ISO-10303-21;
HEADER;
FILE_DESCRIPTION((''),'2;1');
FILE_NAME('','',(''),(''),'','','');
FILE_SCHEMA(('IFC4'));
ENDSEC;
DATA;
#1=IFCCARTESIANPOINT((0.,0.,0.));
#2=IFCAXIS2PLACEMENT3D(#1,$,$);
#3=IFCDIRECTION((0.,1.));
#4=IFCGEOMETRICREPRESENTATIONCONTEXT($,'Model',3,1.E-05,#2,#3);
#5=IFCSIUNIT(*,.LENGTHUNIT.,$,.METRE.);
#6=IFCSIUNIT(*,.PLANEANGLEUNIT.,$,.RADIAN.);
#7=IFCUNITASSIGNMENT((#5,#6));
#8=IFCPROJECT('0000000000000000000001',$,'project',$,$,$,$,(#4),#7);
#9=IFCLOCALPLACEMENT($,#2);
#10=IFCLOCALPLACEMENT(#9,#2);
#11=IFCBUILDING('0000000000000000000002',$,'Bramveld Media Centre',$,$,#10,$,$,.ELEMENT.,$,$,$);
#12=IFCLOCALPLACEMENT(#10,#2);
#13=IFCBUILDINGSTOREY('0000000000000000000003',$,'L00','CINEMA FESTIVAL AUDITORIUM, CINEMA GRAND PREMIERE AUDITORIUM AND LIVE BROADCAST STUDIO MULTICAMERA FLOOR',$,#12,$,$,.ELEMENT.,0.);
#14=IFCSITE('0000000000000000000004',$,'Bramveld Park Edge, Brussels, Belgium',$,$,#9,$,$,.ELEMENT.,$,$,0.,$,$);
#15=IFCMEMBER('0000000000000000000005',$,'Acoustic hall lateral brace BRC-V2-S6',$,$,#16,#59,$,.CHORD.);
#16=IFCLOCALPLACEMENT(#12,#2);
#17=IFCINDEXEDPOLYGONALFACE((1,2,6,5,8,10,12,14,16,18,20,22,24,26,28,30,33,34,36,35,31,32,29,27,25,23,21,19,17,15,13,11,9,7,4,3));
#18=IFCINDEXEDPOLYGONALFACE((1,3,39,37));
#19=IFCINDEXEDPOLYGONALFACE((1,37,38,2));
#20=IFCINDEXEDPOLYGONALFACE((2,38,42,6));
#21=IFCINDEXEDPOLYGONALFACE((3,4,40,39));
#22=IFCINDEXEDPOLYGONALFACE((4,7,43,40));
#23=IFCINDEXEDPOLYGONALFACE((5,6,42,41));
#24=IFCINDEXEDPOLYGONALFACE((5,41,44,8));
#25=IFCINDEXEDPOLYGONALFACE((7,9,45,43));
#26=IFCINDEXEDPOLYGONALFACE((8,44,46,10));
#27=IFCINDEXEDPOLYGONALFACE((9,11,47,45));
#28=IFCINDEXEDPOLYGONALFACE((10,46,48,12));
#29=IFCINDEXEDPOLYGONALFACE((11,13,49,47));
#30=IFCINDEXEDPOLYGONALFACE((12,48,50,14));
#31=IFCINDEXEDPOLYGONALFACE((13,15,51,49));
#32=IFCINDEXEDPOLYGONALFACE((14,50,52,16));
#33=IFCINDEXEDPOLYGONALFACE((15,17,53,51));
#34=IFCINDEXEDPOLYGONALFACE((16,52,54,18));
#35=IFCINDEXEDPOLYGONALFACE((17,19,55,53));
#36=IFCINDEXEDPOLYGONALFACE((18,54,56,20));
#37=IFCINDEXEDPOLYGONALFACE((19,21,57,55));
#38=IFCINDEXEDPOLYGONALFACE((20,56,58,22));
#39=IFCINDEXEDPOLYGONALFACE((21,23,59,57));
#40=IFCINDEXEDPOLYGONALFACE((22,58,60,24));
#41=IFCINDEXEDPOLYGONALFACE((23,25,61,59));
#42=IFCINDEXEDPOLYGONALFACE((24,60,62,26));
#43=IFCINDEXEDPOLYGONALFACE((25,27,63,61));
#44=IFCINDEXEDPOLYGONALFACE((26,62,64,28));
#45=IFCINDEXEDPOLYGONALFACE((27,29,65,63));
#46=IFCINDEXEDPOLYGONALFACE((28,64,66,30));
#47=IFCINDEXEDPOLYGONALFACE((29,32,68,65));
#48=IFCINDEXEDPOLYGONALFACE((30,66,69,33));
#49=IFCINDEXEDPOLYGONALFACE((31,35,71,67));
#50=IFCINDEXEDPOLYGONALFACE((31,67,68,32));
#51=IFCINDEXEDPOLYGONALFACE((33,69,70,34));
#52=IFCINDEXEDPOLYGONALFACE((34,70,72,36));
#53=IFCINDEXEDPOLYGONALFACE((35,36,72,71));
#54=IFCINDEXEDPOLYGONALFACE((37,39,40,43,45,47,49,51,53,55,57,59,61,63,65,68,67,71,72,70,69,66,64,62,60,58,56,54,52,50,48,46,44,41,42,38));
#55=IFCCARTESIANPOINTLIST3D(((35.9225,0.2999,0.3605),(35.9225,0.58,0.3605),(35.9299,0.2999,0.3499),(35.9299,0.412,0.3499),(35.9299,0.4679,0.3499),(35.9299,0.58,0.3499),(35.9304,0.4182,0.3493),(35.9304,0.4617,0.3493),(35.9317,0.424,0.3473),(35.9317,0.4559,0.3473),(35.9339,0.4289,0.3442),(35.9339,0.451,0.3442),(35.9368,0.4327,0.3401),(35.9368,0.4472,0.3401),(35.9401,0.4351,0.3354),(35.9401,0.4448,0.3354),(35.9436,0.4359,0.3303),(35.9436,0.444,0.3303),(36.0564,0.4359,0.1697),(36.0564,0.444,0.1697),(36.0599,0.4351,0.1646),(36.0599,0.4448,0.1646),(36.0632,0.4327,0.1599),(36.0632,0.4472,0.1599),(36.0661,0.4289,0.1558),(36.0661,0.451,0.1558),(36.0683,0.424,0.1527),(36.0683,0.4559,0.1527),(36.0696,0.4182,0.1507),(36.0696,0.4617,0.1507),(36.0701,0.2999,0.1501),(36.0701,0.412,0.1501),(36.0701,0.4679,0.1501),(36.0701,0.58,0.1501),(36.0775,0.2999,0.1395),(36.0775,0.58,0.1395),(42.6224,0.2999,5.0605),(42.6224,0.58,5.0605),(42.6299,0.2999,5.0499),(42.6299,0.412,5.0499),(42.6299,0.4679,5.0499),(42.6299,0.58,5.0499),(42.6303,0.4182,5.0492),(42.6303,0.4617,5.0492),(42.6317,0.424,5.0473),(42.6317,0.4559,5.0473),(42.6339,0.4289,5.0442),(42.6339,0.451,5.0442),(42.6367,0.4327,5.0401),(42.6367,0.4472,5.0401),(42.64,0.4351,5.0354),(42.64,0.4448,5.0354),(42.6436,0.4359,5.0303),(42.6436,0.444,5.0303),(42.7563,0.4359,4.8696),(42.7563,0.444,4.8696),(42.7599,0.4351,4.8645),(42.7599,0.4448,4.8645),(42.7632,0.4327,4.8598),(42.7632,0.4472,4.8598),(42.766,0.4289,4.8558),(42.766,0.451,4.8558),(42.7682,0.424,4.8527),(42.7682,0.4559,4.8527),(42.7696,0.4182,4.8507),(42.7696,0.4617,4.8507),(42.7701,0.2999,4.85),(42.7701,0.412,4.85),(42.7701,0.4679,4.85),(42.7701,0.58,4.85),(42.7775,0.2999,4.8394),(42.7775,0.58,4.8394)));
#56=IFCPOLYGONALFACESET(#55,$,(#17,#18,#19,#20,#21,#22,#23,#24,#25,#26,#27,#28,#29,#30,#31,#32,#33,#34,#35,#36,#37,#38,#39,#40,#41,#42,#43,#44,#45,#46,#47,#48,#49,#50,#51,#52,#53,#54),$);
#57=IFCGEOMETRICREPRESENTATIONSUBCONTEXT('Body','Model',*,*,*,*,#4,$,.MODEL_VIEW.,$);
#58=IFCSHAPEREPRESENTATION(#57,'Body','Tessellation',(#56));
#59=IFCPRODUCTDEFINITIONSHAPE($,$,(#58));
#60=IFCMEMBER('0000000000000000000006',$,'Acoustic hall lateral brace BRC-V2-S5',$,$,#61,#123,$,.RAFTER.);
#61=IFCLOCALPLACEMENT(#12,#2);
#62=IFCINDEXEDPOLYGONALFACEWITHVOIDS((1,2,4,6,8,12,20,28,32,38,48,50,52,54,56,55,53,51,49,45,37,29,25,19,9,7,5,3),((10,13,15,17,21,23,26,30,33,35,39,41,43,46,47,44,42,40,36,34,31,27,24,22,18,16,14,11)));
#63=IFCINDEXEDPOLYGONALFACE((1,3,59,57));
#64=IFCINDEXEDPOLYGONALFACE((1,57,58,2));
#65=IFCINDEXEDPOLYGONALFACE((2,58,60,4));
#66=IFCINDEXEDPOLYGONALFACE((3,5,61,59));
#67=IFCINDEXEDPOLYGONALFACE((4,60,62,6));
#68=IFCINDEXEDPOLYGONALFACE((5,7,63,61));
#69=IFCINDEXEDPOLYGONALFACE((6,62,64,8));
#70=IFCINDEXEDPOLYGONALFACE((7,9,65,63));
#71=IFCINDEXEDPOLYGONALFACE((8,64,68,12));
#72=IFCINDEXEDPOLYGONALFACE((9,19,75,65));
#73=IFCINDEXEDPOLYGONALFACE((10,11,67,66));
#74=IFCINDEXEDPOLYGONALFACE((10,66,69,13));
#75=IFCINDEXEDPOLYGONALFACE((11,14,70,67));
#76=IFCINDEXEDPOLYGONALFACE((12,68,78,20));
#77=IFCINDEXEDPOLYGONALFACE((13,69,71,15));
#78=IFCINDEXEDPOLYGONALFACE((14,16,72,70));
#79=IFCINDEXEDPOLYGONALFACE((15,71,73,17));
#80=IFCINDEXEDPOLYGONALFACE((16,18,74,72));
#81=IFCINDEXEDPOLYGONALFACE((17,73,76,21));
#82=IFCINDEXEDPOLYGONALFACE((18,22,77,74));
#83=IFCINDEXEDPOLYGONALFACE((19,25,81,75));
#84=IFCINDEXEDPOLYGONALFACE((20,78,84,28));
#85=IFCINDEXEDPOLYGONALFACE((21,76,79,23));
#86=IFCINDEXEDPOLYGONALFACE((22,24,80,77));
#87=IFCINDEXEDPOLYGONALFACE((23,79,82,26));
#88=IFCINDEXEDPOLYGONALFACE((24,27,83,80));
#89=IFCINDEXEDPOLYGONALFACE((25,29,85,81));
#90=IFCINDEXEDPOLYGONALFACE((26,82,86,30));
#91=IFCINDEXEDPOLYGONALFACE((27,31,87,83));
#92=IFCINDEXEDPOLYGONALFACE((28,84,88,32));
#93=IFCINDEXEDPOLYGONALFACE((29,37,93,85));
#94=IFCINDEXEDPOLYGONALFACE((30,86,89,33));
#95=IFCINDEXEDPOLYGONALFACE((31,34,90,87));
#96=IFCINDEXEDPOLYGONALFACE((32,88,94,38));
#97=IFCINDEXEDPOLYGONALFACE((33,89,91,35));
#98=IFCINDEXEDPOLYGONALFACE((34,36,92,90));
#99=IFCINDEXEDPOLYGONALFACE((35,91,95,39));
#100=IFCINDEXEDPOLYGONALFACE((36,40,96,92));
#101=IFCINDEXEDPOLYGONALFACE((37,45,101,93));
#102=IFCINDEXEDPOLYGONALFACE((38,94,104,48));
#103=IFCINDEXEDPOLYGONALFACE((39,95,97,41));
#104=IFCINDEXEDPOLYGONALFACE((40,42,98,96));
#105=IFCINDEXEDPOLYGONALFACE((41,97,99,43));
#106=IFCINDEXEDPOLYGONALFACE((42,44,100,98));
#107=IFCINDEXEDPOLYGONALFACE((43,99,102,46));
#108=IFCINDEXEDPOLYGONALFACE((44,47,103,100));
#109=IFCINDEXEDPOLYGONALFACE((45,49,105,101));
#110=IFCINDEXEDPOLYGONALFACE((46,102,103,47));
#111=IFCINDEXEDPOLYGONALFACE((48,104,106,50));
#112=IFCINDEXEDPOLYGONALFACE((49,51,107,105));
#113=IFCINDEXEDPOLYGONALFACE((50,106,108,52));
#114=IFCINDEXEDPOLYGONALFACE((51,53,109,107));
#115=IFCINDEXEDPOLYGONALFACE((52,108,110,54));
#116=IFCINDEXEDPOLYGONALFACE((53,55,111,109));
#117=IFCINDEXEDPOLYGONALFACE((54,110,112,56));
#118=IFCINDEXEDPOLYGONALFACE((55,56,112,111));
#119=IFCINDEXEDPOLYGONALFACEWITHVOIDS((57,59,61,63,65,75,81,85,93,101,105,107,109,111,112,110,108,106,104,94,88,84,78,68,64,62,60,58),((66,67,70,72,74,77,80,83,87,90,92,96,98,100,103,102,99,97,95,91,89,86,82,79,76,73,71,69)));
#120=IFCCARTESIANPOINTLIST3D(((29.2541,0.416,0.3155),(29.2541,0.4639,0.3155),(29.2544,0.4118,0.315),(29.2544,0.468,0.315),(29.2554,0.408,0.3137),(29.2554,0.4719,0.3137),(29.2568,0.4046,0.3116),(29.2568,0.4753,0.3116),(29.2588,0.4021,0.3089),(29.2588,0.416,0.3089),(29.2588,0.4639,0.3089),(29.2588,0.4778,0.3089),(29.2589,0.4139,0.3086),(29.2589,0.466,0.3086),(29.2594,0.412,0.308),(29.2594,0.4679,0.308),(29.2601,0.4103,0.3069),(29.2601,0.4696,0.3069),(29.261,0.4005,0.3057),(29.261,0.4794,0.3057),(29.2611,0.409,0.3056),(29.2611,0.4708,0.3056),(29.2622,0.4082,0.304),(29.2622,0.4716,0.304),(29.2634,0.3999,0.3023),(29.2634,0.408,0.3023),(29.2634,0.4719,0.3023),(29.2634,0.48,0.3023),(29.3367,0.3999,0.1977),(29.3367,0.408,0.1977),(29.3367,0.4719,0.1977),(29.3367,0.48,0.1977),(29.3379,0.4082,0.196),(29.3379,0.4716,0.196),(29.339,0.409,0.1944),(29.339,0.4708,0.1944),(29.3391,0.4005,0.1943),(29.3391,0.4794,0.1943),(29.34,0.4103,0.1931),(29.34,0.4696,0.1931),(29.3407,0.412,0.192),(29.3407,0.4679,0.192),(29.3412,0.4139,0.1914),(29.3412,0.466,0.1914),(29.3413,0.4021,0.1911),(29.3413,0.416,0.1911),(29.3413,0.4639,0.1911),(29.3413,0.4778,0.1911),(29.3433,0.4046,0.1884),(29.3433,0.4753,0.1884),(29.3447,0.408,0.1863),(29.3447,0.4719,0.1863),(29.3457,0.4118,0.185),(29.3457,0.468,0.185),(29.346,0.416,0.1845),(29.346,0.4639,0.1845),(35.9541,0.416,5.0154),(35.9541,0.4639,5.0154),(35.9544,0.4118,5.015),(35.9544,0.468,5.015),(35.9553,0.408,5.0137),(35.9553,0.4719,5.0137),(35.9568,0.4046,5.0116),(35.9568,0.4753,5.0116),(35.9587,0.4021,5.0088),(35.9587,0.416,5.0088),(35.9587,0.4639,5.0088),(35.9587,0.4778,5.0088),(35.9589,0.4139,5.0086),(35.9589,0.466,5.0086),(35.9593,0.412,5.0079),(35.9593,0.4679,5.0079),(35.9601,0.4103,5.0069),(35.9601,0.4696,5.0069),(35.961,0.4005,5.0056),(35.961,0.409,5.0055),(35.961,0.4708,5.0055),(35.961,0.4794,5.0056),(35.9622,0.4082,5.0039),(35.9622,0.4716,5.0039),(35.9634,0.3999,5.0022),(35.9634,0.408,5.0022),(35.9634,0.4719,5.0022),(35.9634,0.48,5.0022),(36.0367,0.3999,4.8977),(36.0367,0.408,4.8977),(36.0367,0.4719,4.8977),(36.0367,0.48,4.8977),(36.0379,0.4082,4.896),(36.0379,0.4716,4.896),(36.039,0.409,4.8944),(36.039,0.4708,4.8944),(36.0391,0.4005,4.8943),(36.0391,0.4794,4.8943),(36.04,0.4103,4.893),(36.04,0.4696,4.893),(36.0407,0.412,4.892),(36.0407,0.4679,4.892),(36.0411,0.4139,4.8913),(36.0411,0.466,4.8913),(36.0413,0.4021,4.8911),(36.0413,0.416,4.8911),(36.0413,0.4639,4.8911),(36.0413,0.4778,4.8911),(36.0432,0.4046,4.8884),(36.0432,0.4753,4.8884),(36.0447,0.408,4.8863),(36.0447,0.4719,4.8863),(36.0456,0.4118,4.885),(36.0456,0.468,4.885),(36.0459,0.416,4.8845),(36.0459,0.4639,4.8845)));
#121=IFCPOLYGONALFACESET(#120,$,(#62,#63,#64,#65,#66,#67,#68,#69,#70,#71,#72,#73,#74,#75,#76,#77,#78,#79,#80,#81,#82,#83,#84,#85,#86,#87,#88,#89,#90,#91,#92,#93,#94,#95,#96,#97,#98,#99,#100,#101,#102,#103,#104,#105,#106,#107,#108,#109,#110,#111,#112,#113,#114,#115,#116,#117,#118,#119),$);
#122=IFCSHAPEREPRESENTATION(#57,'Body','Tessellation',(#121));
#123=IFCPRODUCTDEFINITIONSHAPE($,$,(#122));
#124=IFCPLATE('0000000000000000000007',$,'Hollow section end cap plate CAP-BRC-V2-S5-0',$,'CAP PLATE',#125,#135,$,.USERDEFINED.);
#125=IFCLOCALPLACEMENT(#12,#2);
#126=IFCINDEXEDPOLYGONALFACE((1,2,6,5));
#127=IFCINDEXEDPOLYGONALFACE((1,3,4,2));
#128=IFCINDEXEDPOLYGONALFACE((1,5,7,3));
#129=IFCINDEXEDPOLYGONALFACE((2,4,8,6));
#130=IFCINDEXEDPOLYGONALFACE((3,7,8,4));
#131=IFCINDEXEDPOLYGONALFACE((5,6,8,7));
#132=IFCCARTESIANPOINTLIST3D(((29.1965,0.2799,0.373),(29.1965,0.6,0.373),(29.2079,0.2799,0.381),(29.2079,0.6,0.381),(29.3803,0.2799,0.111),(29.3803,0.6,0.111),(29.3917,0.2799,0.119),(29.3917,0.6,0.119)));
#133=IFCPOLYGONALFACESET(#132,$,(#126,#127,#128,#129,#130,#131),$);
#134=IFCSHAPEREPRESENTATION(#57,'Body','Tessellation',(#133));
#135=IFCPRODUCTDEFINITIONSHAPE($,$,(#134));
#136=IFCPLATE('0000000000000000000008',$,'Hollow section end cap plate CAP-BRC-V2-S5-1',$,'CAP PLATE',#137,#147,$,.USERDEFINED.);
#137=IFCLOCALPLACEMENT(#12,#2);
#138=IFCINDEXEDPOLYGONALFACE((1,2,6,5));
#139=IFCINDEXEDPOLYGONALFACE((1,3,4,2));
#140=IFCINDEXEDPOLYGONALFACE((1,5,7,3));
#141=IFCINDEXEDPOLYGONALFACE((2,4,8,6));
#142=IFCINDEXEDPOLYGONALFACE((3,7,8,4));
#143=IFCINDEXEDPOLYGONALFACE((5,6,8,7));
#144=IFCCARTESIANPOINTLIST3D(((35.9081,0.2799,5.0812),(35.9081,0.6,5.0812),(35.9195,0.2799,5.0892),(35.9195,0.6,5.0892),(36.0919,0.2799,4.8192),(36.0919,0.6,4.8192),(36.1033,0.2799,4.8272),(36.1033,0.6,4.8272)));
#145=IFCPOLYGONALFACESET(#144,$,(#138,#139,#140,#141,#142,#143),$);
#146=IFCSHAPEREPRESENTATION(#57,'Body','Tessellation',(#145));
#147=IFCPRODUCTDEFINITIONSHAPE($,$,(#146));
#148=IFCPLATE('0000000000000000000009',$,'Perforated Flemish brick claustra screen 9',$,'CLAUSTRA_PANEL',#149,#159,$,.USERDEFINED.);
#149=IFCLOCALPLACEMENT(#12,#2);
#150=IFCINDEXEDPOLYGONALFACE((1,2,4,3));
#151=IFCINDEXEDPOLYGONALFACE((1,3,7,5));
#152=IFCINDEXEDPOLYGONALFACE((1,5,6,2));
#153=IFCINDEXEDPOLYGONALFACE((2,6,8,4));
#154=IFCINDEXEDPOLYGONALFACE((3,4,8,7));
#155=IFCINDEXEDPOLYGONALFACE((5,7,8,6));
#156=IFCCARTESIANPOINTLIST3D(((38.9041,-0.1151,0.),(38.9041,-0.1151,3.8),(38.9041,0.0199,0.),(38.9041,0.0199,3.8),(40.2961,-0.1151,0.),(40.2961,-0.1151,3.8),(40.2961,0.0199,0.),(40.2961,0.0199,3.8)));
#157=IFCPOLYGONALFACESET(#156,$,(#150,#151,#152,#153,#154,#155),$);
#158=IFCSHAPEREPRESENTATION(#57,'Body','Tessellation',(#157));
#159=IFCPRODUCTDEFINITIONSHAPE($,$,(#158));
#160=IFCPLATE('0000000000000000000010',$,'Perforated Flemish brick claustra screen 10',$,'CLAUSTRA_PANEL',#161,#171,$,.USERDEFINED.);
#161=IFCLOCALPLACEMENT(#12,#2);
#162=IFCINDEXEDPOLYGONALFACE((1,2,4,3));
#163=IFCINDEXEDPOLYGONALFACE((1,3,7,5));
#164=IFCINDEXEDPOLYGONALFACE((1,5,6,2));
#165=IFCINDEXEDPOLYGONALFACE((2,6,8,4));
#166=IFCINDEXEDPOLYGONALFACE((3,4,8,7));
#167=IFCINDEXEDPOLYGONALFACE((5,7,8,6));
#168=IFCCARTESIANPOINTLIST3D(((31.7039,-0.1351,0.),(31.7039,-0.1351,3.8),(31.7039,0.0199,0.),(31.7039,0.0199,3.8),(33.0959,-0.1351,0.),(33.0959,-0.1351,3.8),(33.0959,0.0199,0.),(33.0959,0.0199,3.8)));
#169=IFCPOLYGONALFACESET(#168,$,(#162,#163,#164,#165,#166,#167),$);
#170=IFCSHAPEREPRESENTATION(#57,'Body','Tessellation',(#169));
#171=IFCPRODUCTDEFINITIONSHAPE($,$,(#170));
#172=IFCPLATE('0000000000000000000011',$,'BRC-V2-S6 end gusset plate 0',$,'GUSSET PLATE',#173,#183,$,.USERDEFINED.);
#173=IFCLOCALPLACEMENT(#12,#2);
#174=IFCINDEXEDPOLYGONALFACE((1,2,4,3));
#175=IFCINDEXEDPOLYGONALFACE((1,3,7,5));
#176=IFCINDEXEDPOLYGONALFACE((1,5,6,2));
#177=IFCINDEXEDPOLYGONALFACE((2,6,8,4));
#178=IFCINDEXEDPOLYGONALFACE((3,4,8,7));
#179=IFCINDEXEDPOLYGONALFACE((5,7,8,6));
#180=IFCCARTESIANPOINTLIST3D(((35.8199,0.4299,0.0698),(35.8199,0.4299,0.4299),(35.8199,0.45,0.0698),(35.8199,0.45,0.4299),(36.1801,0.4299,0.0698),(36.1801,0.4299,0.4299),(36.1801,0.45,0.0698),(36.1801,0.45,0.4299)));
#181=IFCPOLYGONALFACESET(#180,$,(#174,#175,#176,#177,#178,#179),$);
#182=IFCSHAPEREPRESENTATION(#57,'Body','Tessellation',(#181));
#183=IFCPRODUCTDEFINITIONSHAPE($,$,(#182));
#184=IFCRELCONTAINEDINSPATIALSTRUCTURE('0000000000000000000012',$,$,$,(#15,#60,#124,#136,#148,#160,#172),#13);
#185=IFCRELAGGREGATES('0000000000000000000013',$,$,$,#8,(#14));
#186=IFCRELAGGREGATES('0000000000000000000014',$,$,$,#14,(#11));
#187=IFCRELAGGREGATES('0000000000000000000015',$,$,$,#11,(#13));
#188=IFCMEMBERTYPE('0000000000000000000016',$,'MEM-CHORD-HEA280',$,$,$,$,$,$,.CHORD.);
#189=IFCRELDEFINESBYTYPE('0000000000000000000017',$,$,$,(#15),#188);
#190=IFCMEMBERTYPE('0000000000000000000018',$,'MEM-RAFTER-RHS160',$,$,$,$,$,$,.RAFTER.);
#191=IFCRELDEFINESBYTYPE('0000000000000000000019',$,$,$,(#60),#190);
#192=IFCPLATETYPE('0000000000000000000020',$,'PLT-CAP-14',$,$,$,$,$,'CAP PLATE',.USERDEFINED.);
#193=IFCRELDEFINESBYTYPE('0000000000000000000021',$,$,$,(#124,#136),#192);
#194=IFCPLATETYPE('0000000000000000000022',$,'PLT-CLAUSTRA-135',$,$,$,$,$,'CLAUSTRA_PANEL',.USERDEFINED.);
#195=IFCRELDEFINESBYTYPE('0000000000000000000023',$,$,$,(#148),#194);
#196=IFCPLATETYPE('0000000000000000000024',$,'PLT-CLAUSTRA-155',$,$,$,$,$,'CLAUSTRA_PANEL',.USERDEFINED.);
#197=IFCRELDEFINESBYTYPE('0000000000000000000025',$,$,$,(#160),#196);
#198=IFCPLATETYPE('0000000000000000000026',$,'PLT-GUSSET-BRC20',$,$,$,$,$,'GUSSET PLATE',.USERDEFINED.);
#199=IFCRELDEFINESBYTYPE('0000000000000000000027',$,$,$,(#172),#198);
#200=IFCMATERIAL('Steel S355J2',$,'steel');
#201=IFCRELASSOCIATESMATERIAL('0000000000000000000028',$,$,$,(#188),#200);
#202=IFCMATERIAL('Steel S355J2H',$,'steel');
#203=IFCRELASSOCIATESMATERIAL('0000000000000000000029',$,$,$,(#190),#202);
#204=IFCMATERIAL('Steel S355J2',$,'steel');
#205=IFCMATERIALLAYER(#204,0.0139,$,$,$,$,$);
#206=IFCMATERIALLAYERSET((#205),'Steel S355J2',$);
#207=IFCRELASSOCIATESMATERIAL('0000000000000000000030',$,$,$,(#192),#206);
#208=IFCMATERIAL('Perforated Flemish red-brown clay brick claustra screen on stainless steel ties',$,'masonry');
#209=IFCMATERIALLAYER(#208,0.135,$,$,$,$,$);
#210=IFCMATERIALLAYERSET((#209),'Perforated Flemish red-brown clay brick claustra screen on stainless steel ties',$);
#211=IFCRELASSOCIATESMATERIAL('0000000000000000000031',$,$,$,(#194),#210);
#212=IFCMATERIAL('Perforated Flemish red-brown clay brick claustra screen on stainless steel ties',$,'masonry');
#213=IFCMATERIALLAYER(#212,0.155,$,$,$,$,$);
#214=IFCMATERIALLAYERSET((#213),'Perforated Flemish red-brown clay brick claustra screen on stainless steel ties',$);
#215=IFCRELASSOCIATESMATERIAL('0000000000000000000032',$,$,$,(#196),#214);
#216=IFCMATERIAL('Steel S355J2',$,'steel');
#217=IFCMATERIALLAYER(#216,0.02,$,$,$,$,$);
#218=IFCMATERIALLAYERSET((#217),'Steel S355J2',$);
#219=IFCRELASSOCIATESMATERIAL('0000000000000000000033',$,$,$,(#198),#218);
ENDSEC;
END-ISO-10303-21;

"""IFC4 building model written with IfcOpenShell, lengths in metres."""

from ifc_helpers import new_model, si_unit, direction, frame, origin, origin_2d, place, context, subcontext, project, spatial, rectangle, hollow_rectangle, i_section, extrude, material, layer, layer_set, material_profile, profile_set, type_object, element, save


model = new_model("IFC4")

# Units and contexts
model_context = context("Model", 3, precision=1e-05, world=origin(), true_north=direction((0.0, 1.0)))
body_context = subcontext(model_context, "Body", "Model", "MODEL_VIEW")
ifc_project = project(units=[si_unit("LENGTHUNIT", "METRE"), si_unit("PLANEANGLEUNIT", "RADIAN")], contexts=[model_context])

# Site, building, storey
site_placement = place(None, origin())
site = spatial("IfcSite", under=ifc_project, at=site_placement, Name="Bramveld Park Edge, Brussels, Belgium", CompositionType="ELEMENT", RefElevation=0.0)
building_placement = place(site_placement, origin())
building = spatial("IfcBuilding", under=site, at=building_placement, Name="Bramveld Media Centre", CompositionType="ELEMENT")
storey_placement = place(building_placement, origin())
storey = spatial("IfcBuildingStorey", under=building, at=storey_placement, Name="L00", Description="CINEMA FESTIVAL AUDITORIUM, CINEMA GRAND PREMIERE AUDITORIUM AND LIVE BROADCAST STUDIO MULTICAMERA FLOOR", CompositionType="ELEMENT", Elevation=0.0)

# Members
ifc_material_1 = material(Name="Steel S355J2", Category="steel")
ifc_material_profile_1 = material_profile(ifc_material_1, i_section(OverallWidth=0.28, OverallDepth=0.27, WebThickness=0.0081, FlangeThickness=0.0129, FilletRadius=0.0239, at=origin_2d()), Name="HEA 280")
ifc_profile_set_1 = profile_set([ifc_material_profile_1], Name="Steel S355J2")
member_type_1 = type_object("IfcMemberType", Name="MEM-CHORD-HEA280", PredefinedType="CHORD", material=ifc_profile_set_1)
member_1_placement = place(storey_placement, frame((36.0, 0.4399, 0.25), z_axis=(0.818658, 0.0, 0.574281), x_axis=(0.0, 1.0, 0.0)))
element("IfcMember", 1, at=member_1_placement, inside=storey, type_object=member_type_1, Name="Acoustic hall lateral brace BRC-V2-S6", PredefinedType="CHORD", context=body_context, shape_type="SweptSolid", body=[
    extrude(i_section(OverallWidth=0.28, OverallDepth=0.27, WebThickness=0.0081, FlangeThickness=0.0129, FilletRadius=0.0239, at=origin_2d()), origin(), (0.0, 0.0, 1.0), 8.1841),
])
ifc_material_2 = material(Name="Steel S355J2H", Category="steel")
ifc_material_profile_2 = material_profile(ifc_material_2, hollow_rectangle(XDim=0.0801, YDim=0.1599, WallThickness=0.0081, InnerFilletRadius=0.0081, OuterFilletRadius=0.0161, at=origin_2d()), Name="RHS 160x80x8")
ifc_profile_set_2 = profile_set([ifc_material_profile_2], Name="Steel S355J2H")
member_type_2 = type_object("IfcMemberType", Name="MEM-RAFTER-RHS160", PredefinedType="RAFTER", material=ifc_profile_set_2)
member_2_placement = place(storey_placement, frame((29.3, 0.4399, 0.25), z_axis=(0.818658, 0.0, 0.574281), x_axis=(0.0, 1.0, 0.0)))
element("IfcMember", 2, at=member_2_placement, inside=storey, type_object=member_type_2, Name="Acoustic hall lateral brace BRC-V2-S5", PredefinedType="RAFTER", context=body_context, shape_type="SweptSolid", body=[
    extrude(hollow_rectangle(XDim=0.0801, YDim=0.1599, WallThickness=0.0081, InnerFilletRadius=0.0081, OuterFilletRadius=0.0161, at=origin_2d()), origin(), (0.0, 0.0, 1.0), 8.1841),
])

# Plates
ifc_material_3 = material(Name="Steel S355J2", Category="steel")
ifc_layer_1 = layer(ifc_material_3, 0.0139)
ifc_layer_set_1 = layer_set([ifc_layer_1], Name="Steel S355J2")
plate_type_1 = type_object("IfcPlateType", Name="PLT-CAP-14", ElementType="CAP PLATE", PredefinedType="USERDEFINED", material=ifc_layer_set_1)
for number, where, z_axis, x_axis, name in (
    (3, (29.2998, 0.4399, 0.25), (-0.818657, 0.0, -0.574282), (0.0, -1.0, 0.0), "Hollow section end cap plate CAP-BRC-V2-S5-0"),
    (4, (36.0, 0.4399, 4.9502), (0.818657, 0.0, 0.574282), (0.0, 1.0, 0.0), "Hollow section end cap plate CAP-BRC-V2-S5-1"),
):
    element("IfcPlate", number, at=place(storey_placement, frame(where, z_axis=z_axis, x_axis=x_axis)), inside=storey, type_object=plate_type_1, Name=name, ObjectType="CAP PLATE", PredefinedType="USERDEFINED", context=body_context, shape_type="SweptSolid", body=[
        extrude(rectangle(XDim=0.3201, YDim=0.3201, at=origin_2d()), origin(), (0.0, 0.0, 1.0), 0.0139),
    ])
ifc_material_4 = material(Name="Perforated Flemish red-brown clay brick claustra screen on stainless steel ties", Category="masonry")
ifc_layer_2 = layer(ifc_material_4, 0.135)
ifc_layer_set_2 = layer_set([ifc_layer_2], Name="Perforated Flemish red-brown clay brick claustra screen on stainless steel ties")
plate_type_2 = type_object("IfcPlateType", Name="PLT-CLAUSTRA-135", ElementType="CLAUSTRA_PANEL", PredefinedType="USERDEFINED", material=ifc_layer_set_2)
plate_1_placement = place(storey_placement, frame((39.6001, -0.0476, 0.0), z_axis=(0.0, 0.0, 1.0), x_axis=(1.0, 0.0, 0.0)))
element("IfcPlate", 5, at=plate_1_placement, inside=storey, type_object=plate_type_2, Name="Perforated Flemish brick claustra screen 9", ObjectType="CLAUSTRA_PANEL", PredefinedType="USERDEFINED", context=body_context, shape_type="SweptSolid", body=[
    extrude(rectangle(XDim=1.3921, YDim=0.135, at=origin_2d()), origin(), (0.0, 0.0, 1.0), 3.8),
])
ifc_material_5 = material(Name="Perforated Flemish red-brown clay brick claustra screen on stainless steel ties", Category="masonry")
ifc_layer_3 = layer(ifc_material_5, 0.155)
ifc_layer_set_3 = layer_set([ifc_layer_3], Name="Perforated Flemish red-brown clay brick claustra screen on stainless steel ties")
plate_type_3 = type_object("IfcPlateType", Name="PLT-CLAUSTRA-155", ElementType="CLAUSTRA_PANEL", PredefinedType="USERDEFINED", material=ifc_layer_set_3)
plate_2_placement = place(storey_placement, frame((32.3999, -0.0576, 0.0), z_axis=(0.0, 0.0, 1.0), x_axis=(1.0, 0.0, 0.0)))
element("IfcPlate", 6, at=plate_2_placement, inside=storey, type_object=plate_type_3, Name="Perforated Flemish brick claustra screen 10", ObjectType="CLAUSTRA_PANEL", PredefinedType="USERDEFINED", context=body_context, shape_type="SweptSolid", body=[
    extrude(rectangle(XDim=1.3921, YDim=0.155, at=origin_2d()), origin(), (0.0, 0.0, 1.0), 3.8),
])
ifc_material_6 = material(Name="Steel S355J2", Category="steel")
ifc_layer_4 = layer(ifc_material_6, 0.02)
ifc_layer_set_4 = layer_set([ifc_layer_4], Name="Steel S355J2")
plate_type_4 = type_object("IfcPlateType", Name="PLT-GUSSET-BRC20", ElementType="GUSSET PLATE", PredefinedType="USERDEFINED", material=ifc_layer_set_4)
for number, where, z_axis, x_axis, name in (
    (7, (36.0, 0.4399, 0.0698), (0.0, 0.0, 1.0), (1.0, 0.0, 0.0), "BRC-V2-S6 end gusset plate 0"),
):
    element("IfcPlate", number, at=place(storey_placement, frame(where, z_axis=z_axis, x_axis=x_axis)), inside=storey, type_object=plate_type_4, Name=name, ObjectType="GUSSET PLATE", PredefinedType="USERDEFINED", context=body_context, shape_type="SweptSolid", body=[
        extrude(rectangle(XDim=0.3601, YDim=0.02, at=origin_2d()), origin(), (0.0, 0.0, 1.0), 0.3601),
    ])

save(model, "model.ifc")
